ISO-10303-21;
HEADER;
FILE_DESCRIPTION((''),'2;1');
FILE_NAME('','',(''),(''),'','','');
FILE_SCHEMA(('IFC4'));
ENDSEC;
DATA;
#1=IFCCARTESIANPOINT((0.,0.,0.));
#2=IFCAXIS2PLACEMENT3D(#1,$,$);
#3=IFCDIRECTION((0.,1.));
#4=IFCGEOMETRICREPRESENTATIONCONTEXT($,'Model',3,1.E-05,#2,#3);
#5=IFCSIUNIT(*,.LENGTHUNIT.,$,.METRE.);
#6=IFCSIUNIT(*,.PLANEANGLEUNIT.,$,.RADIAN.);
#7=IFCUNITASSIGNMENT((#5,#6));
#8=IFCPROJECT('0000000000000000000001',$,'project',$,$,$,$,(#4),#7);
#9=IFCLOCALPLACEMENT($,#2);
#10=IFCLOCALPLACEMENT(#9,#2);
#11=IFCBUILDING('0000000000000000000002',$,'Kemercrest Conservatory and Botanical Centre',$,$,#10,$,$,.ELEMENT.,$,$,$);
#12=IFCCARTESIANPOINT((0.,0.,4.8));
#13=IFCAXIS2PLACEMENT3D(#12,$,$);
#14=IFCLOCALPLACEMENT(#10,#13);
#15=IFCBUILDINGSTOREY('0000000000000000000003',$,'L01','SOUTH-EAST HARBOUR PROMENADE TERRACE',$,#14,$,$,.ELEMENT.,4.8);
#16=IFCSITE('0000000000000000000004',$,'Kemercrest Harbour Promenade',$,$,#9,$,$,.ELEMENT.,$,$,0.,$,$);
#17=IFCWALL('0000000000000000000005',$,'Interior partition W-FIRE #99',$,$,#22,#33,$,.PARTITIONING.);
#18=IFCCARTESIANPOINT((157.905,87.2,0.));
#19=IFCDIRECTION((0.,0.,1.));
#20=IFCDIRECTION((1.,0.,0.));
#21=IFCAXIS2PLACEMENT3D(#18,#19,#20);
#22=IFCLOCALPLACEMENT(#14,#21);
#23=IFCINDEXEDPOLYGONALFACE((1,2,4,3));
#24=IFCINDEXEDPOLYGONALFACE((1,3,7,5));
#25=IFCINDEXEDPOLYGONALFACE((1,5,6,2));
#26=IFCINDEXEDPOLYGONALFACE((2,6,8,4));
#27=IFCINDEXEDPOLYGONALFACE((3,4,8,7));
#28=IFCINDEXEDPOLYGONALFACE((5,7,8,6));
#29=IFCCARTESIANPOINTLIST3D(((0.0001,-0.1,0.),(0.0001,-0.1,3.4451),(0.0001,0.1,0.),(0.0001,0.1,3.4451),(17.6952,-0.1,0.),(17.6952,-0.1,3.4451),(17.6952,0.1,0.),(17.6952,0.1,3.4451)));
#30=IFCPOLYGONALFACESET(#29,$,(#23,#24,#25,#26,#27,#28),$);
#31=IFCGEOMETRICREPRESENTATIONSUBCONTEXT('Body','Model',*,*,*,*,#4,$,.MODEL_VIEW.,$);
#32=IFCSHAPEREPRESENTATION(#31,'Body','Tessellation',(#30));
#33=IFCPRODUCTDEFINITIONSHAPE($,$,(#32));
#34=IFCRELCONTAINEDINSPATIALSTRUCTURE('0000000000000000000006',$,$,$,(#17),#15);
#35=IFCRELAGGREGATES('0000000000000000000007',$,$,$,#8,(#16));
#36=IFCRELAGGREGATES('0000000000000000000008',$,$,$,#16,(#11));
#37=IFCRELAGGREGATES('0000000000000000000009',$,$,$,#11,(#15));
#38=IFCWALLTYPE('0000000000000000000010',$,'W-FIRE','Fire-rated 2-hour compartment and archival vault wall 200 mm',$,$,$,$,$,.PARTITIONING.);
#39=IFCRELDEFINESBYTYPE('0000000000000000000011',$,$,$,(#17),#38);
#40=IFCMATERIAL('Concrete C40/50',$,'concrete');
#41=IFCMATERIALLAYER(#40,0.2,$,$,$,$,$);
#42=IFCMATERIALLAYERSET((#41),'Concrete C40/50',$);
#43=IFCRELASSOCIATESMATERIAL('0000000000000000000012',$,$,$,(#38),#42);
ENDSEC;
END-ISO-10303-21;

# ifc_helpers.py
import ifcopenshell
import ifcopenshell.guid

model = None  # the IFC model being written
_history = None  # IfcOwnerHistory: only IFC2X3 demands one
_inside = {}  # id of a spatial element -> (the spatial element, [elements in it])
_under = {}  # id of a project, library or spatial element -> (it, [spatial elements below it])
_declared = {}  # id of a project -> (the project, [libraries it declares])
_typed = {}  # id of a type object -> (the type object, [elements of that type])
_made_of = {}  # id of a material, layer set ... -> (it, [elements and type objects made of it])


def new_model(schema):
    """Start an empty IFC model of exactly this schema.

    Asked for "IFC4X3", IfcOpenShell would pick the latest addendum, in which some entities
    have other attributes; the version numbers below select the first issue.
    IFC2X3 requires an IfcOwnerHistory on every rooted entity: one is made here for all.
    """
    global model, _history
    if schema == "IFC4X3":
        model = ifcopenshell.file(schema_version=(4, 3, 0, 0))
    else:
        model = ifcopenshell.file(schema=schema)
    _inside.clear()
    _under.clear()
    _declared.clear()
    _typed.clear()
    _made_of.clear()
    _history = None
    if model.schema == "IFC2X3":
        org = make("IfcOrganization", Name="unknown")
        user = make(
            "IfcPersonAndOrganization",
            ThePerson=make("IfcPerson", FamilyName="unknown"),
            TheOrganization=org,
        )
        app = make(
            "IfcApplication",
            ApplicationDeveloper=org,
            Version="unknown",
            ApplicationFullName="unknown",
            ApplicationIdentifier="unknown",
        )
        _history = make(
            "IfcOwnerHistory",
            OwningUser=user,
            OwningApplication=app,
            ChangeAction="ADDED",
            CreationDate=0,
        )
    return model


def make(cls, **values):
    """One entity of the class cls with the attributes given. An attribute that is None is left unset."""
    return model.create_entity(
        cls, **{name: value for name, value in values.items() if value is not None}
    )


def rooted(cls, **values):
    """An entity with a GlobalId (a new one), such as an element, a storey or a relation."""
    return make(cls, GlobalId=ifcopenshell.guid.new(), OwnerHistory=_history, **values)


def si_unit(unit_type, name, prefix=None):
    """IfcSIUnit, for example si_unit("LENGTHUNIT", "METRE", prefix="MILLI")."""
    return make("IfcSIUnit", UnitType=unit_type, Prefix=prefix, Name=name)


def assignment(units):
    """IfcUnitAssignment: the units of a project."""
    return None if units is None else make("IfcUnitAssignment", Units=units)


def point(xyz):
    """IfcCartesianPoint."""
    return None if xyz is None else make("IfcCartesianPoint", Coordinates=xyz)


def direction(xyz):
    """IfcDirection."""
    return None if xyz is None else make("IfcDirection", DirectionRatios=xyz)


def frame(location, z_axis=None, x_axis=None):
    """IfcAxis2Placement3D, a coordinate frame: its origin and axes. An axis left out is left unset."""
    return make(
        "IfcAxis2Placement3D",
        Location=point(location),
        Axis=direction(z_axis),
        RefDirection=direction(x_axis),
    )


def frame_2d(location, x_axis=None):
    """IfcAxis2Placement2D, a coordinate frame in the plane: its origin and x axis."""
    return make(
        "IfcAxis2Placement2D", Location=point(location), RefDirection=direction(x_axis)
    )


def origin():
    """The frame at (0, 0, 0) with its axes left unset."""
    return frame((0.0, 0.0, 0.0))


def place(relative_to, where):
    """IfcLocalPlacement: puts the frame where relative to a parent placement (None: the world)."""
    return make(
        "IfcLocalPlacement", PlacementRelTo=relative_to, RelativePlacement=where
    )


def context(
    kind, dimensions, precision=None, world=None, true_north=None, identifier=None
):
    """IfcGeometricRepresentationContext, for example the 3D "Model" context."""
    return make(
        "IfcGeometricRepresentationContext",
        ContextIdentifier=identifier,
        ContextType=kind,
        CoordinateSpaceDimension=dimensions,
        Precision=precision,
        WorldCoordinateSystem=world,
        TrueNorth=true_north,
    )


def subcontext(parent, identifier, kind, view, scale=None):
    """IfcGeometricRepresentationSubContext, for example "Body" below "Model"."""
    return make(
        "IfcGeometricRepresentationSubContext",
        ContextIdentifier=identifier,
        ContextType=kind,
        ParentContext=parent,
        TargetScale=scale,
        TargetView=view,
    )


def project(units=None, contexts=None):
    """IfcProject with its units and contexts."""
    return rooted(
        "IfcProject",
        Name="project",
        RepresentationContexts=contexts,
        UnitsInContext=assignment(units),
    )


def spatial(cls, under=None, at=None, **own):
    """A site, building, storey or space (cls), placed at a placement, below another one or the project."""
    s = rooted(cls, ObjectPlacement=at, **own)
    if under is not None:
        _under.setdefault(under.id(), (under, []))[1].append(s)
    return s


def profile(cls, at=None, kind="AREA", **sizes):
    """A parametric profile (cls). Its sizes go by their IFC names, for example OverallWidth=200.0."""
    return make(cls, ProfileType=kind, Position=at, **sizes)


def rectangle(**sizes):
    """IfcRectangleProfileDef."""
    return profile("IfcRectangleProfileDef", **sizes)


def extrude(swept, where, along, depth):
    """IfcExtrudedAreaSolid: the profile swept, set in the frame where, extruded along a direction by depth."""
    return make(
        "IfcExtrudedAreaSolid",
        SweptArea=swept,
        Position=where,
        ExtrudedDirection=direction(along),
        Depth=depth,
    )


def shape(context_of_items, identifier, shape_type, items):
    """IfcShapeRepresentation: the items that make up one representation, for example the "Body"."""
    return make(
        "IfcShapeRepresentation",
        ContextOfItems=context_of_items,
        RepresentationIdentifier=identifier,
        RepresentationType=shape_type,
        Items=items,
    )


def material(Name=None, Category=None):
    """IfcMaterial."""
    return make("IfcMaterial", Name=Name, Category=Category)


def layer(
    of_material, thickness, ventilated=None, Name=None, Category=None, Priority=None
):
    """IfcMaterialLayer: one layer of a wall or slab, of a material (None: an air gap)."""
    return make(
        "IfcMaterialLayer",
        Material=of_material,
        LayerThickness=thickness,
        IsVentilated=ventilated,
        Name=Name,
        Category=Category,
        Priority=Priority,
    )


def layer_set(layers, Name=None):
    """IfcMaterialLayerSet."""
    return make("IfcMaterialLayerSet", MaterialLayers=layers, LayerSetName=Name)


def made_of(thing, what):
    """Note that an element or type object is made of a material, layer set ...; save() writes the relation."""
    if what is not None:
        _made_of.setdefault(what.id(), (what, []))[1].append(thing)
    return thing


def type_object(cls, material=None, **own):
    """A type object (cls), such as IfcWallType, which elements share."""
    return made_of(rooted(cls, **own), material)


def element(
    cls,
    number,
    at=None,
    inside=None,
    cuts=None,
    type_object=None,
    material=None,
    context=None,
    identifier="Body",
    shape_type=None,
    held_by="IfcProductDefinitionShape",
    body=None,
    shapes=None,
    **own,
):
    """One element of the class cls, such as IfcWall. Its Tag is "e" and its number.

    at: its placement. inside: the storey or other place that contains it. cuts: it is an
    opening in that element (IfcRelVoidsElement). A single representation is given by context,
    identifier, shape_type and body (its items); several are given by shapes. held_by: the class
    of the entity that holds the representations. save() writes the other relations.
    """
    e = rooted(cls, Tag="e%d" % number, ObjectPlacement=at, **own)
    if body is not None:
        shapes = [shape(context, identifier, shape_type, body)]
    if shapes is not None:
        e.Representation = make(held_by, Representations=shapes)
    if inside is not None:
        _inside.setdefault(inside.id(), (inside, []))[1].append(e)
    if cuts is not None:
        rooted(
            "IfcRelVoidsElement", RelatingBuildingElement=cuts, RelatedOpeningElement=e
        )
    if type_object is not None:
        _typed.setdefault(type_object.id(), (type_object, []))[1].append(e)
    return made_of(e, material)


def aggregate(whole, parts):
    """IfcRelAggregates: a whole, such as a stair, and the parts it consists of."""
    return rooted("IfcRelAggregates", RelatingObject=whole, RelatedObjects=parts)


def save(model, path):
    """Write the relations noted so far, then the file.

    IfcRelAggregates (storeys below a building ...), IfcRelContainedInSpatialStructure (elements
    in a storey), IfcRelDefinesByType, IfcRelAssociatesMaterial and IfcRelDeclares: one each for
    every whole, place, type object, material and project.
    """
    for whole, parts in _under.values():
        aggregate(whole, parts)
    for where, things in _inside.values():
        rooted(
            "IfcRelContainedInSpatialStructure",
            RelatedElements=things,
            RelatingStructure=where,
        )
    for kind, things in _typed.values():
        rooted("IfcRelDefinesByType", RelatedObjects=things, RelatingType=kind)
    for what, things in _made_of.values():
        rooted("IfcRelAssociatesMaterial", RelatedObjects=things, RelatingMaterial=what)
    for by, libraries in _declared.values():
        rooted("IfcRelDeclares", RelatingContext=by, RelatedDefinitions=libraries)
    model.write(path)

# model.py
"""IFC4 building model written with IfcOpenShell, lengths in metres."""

from ifc_helpers import new_model, si_unit, direction, frame, frame_2d, origin, place, context, subcontext, project, spatial, rectangle, extrude, material, layer, layer_set, type_object, element, save


model = new_model("IFC4")

# Units and contexts
model_context = context("Model", 3, precision=1e-05, world=origin(), true_north=direction((0.0, 1.0)))
body_context = subcontext(model_context, "Body", "Model", "MODEL_VIEW")
ifc_project = project(units=[si_unit("LENGTHUNIT", "METRE"), si_unit("PLANEANGLEUNIT", "RADIAN")], contexts=[model_context])

# Site, building, storey
site_placement = place(None, origin())
site = spatial("IfcSite", under=ifc_project, at=site_placement, Name="Kemercrest Harbour Promenade", CompositionType="ELEMENT", RefElevation=0.0)
building_placement = place(site_placement, origin())
building = spatial("IfcBuilding", under=site, at=building_placement, Name="Kemercrest Conservatory and Botanical Centre", CompositionType="ELEMENT")
storey_placement = place(building_placement, frame((0.0, 0.0, 4.8)))
storey = spatial("IfcBuildingStorey", under=building, at=storey_placement, Name="L01", Description="SOUTH-EAST HARBOUR PROMENADE TERRACE", CompositionType="ELEMENT", Elevation=4.8)

# Shared definitions
ifc_material_1 = material(Name="Concrete C40/50", Category="concrete")

# Wall
ifc_layer_1 = layer(ifc_material_1, 0.2)
ifc_layer_set_1 = layer_set([ifc_layer_1], Name="Concrete C40/50")
wall_type_1 = type_object("IfcWallType", Name="W-FIRE", Description="Fire-rated 2-hour compartment and archival vault wall 200 mm", PredefinedType="PARTITIONING", material=ifc_layer_set_1)
wall_1_placement = place(storey_placement, frame((157.905, 87.2, 0.0), z_axis=(0.0, 0.0, 1.0), x_axis=(1.0, 0.0, 0.0)))
element("IfcWall", 1, at=wall_1_placement, inside=storey, type_object=wall_type_1, Name="Interior partition W-FIRE #99", PredefinedType="PARTITIONING", context=body_context, shape_type="SweptSolid", body=[
    extrude(rectangle(XDim=17.6951, YDim=0.2, at=frame_2d((8.8477, 0.0))), origin(), (0.0, 0.0, 1.0), 3.4451),
])

save(model, "model.ifc")
